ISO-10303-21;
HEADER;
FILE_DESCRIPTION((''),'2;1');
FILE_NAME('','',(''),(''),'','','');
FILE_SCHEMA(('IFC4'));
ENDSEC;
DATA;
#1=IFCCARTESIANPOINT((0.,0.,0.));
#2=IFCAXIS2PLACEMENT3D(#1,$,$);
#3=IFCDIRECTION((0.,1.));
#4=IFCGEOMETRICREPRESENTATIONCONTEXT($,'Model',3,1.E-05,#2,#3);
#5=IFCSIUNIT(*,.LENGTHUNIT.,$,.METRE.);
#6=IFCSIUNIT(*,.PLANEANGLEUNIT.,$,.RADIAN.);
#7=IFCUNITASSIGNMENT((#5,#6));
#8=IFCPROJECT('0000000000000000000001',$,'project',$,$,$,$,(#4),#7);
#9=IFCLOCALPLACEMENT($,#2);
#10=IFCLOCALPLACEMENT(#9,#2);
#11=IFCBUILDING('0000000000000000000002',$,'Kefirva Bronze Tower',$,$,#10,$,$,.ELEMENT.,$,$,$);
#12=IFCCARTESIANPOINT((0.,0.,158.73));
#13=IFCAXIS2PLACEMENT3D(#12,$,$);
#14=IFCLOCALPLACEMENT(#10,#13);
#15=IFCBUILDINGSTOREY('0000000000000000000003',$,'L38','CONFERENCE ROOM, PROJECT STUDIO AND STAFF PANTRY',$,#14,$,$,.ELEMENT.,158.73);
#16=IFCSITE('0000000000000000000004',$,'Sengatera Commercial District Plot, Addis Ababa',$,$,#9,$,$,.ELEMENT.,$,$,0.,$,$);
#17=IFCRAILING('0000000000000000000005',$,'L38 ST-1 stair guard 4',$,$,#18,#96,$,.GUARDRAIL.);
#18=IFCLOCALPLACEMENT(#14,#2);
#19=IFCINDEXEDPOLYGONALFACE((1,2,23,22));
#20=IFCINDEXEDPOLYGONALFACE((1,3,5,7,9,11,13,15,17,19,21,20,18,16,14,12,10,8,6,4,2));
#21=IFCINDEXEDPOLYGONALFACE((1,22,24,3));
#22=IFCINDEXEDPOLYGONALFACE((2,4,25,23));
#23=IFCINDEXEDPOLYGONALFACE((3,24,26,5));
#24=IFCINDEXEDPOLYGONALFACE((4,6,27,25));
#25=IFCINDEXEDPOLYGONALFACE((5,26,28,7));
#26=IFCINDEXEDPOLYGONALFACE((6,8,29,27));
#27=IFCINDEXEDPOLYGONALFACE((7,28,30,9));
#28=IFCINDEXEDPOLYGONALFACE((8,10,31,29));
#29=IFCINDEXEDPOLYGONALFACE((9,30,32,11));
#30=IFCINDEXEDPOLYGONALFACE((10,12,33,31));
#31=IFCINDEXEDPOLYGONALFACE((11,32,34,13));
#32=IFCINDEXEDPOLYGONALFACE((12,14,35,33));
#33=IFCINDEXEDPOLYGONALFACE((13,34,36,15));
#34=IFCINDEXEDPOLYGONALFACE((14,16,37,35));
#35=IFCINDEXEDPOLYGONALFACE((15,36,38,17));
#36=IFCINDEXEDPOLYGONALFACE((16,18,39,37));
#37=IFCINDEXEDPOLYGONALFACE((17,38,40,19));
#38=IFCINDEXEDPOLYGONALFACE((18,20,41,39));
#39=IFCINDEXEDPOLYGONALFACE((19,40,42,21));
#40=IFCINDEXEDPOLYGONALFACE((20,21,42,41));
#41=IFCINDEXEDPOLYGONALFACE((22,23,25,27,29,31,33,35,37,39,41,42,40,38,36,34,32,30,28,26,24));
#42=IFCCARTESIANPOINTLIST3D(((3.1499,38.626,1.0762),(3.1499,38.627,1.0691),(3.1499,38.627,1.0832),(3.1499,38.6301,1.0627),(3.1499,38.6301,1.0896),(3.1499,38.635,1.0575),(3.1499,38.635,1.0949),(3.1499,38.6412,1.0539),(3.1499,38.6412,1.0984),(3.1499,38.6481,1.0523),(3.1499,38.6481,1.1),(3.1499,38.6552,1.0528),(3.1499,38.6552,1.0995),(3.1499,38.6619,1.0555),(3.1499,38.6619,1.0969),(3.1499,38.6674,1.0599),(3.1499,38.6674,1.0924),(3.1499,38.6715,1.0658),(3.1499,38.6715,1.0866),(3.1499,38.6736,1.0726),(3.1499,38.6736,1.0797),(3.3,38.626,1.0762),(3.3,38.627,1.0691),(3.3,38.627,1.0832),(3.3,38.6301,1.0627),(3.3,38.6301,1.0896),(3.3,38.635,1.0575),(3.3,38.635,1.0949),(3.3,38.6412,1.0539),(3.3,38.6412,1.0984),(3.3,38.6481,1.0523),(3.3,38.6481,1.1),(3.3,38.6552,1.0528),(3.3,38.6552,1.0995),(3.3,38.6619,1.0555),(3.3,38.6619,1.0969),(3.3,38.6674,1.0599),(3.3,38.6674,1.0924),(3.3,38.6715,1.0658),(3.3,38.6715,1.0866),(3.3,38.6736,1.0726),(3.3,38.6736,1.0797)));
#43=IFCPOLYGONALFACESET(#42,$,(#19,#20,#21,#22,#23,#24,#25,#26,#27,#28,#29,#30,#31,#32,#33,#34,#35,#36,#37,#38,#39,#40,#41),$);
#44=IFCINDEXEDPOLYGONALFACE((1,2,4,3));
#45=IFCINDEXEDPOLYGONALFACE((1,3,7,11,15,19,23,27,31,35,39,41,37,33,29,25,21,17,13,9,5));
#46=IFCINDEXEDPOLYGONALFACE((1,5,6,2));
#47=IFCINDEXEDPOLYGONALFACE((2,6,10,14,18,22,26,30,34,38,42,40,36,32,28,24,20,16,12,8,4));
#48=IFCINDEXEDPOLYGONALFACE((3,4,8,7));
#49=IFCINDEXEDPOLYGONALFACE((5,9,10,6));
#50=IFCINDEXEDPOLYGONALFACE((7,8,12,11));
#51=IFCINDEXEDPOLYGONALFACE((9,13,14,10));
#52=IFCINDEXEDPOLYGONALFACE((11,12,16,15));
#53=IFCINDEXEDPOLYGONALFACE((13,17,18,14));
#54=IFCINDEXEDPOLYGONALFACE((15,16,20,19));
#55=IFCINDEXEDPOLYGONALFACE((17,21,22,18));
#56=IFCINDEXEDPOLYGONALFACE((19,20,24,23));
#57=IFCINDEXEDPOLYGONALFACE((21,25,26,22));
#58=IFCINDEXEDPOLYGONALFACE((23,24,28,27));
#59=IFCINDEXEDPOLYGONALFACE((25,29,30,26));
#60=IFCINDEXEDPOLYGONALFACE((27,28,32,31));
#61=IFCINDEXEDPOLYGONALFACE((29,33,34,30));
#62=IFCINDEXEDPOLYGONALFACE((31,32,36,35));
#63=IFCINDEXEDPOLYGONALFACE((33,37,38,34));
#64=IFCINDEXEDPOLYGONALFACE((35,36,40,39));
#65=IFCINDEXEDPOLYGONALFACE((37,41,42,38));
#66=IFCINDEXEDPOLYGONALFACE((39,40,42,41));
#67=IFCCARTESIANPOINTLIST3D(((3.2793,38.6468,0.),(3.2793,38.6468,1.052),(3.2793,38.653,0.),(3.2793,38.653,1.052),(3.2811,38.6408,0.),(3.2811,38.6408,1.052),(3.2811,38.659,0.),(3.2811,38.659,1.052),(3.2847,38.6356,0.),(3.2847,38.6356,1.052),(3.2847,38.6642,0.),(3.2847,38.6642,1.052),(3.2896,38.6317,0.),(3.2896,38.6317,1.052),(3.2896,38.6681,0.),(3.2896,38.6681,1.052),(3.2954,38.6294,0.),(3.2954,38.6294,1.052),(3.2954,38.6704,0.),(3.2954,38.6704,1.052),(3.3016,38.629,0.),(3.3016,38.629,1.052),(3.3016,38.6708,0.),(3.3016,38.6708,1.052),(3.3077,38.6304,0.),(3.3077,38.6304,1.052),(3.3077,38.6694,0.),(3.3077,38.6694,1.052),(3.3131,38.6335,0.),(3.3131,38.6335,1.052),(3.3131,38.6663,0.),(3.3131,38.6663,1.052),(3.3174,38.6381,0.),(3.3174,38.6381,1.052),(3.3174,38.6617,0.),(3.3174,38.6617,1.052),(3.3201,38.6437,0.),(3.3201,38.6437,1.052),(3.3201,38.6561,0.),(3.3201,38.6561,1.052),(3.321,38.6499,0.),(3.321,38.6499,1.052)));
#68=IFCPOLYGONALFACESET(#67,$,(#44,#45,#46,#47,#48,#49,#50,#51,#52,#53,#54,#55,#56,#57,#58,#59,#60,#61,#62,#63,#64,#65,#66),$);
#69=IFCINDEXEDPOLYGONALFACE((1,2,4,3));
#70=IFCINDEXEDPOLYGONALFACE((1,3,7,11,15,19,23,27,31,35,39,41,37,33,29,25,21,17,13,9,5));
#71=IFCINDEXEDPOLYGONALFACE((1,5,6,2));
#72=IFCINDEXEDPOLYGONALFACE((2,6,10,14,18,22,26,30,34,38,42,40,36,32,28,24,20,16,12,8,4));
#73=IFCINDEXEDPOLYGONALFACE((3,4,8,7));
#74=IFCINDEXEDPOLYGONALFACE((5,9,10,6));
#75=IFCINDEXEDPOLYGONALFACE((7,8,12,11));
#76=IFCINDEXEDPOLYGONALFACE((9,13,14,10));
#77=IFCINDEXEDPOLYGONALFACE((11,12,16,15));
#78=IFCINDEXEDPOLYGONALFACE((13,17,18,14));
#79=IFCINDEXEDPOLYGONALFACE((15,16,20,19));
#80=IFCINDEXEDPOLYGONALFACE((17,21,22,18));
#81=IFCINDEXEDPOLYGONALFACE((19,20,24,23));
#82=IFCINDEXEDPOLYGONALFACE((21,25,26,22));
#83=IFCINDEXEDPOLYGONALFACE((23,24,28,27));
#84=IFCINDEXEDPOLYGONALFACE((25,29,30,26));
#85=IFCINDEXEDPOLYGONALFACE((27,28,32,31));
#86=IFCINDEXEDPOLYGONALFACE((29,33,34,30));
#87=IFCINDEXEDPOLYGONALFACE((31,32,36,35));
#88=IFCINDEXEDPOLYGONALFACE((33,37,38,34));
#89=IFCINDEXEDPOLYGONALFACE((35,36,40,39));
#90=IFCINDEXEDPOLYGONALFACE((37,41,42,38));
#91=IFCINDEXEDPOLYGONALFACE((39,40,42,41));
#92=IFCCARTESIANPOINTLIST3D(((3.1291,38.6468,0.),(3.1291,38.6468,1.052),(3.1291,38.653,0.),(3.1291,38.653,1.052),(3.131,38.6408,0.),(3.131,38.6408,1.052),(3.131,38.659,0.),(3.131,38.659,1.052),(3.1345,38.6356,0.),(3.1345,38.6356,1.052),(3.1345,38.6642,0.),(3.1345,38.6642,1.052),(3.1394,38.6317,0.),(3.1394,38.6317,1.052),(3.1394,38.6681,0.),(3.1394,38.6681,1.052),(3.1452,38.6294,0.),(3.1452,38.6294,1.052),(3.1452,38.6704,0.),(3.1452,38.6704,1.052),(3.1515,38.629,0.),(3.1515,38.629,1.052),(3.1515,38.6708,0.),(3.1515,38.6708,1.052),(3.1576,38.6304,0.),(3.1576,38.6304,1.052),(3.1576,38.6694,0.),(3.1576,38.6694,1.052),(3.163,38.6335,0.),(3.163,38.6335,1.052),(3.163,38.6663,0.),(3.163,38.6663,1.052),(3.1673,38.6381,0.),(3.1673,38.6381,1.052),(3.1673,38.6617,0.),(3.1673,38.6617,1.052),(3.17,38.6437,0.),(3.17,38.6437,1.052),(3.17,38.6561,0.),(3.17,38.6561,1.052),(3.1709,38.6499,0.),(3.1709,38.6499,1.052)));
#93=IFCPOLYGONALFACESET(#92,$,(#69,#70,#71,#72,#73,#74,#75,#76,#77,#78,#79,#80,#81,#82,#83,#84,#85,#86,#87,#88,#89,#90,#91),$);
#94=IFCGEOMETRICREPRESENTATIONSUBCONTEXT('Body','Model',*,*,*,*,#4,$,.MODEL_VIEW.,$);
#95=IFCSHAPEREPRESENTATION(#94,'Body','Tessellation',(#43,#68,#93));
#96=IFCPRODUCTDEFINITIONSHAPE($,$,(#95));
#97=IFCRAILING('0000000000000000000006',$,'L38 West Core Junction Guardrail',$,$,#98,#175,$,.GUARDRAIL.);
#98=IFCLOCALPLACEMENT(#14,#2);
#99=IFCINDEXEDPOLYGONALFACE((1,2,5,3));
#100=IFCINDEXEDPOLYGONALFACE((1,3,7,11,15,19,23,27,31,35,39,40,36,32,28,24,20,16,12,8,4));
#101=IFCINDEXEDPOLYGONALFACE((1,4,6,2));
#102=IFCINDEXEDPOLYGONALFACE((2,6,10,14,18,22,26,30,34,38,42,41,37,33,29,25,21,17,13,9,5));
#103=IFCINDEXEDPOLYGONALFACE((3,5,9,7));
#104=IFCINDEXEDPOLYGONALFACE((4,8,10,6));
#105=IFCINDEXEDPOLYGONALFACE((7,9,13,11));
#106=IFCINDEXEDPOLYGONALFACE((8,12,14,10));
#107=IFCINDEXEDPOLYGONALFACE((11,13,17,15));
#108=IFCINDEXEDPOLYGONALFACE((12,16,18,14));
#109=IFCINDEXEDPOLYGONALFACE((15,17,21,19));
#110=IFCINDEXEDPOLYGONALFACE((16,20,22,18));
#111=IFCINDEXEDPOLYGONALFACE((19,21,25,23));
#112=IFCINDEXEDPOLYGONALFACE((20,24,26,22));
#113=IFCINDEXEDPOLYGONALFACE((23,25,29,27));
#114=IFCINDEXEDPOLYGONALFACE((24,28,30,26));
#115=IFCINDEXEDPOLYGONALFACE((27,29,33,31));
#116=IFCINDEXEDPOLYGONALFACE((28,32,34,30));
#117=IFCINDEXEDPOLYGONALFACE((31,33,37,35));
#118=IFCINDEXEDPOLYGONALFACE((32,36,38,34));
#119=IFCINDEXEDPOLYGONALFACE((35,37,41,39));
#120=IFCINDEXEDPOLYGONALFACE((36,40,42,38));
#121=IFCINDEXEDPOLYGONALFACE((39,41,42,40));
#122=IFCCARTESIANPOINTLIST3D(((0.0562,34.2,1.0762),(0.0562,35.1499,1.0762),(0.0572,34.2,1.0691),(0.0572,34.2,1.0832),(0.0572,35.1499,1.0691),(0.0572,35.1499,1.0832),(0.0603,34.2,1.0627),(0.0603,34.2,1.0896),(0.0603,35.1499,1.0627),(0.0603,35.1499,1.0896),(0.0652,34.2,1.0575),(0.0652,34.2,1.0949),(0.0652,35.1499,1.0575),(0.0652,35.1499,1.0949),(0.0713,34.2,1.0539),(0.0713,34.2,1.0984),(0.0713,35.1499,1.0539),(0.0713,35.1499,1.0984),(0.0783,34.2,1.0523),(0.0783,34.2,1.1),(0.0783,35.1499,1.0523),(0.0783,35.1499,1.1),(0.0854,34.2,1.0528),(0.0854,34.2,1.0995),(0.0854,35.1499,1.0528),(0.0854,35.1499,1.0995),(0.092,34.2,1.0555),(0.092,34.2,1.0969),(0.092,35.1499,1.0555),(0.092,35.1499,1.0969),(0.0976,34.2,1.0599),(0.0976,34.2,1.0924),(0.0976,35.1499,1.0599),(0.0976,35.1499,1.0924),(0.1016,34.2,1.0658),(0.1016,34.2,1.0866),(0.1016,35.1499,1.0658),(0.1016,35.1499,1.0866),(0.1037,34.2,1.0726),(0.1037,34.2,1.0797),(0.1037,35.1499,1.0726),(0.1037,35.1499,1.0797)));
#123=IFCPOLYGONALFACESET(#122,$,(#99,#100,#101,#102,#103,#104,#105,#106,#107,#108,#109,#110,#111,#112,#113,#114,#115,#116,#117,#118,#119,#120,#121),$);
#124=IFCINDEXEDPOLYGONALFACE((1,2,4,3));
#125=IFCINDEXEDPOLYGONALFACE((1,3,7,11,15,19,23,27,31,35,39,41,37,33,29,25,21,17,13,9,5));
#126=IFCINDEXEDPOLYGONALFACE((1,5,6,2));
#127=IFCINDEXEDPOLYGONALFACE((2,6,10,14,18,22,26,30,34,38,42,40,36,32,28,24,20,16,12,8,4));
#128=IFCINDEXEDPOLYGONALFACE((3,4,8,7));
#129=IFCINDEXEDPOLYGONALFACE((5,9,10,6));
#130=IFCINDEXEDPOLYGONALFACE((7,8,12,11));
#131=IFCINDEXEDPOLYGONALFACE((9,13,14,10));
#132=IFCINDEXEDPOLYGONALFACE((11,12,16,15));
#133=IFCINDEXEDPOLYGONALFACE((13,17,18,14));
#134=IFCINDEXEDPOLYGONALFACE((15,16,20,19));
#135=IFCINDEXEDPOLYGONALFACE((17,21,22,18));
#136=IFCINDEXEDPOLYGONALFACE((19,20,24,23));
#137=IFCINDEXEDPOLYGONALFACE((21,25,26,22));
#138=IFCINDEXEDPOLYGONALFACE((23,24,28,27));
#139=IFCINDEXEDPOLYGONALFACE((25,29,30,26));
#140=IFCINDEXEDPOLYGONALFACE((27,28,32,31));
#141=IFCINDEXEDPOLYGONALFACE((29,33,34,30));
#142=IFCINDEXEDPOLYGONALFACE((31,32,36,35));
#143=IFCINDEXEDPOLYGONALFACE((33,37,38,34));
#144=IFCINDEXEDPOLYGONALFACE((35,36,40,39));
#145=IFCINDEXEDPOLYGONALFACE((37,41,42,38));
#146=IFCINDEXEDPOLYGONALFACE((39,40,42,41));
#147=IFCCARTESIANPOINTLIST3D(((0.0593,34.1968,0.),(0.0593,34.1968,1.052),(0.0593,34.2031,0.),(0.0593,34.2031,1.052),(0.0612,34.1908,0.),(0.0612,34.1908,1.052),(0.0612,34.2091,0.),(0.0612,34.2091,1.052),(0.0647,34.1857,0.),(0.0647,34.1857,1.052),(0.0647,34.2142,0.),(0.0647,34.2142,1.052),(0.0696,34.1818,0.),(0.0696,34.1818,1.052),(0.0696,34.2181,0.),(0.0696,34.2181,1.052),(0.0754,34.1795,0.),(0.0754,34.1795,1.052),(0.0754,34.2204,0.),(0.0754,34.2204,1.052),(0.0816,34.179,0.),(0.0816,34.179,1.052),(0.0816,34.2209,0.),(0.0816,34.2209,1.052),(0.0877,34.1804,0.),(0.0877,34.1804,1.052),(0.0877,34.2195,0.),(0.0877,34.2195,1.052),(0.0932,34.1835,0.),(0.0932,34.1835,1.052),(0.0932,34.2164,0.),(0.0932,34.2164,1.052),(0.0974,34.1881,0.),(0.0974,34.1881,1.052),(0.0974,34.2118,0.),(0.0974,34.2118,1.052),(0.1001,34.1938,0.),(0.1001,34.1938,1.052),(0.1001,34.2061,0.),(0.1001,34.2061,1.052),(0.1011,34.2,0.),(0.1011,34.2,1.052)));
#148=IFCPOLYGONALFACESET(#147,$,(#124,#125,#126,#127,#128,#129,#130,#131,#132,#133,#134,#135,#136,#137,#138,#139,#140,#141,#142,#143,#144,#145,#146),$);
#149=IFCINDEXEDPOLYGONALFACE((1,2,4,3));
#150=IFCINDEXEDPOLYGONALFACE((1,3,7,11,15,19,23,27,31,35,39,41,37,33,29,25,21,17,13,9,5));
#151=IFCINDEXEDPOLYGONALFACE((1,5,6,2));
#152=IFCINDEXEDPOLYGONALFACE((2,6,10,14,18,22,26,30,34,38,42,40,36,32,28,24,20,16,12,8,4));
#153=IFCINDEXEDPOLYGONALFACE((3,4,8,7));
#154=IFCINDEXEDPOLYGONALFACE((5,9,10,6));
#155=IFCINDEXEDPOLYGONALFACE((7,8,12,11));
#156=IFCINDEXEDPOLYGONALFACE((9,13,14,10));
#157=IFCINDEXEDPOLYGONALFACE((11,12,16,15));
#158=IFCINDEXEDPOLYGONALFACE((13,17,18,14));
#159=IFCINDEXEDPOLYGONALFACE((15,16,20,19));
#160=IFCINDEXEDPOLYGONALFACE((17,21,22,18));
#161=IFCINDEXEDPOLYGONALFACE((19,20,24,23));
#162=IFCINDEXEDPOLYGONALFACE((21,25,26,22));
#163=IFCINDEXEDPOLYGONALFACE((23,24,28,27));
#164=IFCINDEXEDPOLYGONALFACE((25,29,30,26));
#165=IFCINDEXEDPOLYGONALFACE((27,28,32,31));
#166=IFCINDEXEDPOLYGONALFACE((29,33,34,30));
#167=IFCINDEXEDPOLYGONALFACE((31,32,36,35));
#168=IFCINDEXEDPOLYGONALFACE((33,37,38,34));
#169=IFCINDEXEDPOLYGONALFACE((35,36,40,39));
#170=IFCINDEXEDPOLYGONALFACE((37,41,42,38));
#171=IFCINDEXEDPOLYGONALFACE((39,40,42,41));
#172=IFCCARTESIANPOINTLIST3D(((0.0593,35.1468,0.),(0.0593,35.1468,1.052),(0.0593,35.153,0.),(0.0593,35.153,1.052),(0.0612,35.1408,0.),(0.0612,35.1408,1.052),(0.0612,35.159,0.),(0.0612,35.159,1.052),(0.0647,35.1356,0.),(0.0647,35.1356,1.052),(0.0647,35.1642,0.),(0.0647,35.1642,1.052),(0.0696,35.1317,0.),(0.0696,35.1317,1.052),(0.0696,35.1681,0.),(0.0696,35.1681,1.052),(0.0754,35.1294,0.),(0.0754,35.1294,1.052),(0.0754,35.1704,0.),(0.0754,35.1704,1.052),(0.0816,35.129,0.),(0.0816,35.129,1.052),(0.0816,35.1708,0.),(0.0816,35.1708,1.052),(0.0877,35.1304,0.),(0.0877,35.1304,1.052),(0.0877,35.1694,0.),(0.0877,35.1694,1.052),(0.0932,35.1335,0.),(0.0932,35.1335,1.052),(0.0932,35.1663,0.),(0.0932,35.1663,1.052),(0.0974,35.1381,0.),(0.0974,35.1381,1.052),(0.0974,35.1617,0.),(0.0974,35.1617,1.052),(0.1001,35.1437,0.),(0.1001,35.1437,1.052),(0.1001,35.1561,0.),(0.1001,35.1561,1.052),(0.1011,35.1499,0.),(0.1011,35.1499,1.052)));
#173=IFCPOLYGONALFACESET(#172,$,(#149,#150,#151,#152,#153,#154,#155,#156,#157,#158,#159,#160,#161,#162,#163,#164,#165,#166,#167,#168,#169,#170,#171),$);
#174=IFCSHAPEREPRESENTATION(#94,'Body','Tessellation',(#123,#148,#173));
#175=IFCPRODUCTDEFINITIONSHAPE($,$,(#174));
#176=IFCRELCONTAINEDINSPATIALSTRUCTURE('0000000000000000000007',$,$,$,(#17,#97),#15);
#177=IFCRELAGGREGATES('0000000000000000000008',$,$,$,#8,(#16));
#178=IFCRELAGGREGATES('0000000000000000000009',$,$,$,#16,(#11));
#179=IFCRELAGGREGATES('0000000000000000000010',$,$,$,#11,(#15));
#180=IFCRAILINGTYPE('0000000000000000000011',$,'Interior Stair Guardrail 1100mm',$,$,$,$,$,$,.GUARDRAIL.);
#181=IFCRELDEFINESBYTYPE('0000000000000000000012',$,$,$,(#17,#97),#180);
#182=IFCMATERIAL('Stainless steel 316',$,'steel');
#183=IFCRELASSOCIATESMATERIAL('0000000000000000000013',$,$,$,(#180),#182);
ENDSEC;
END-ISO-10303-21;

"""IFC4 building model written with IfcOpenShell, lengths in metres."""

from ifc_helpers import new_model, si_unit, direction, frame, origin, origin_2d, place, context, subcontext, project, spatial, circle, extrude, material, type_object, element, save


model = new_model("IFC4")

# Units and contexts
model_context = context("Model", 3, precision=1e-05, world=origin(), true_north=direction((0.0, 1.0)))
body_context = subcontext(model_context, "Body", "Model", "MODEL_VIEW")
ifc_project = project(units=[si_unit("LENGTHUNIT", "METRE"), si_unit("PLANEANGLEUNIT", "RADIAN")], contexts=[model_context])

# Site, building, storey
site_placement = place(None, origin())
site = spatial("IfcSite", under=ifc_project, at=site_placement, Name="Sengatera Commercial District Plot, Addis Ababa", CompositionType="ELEMENT", RefElevation=0.0)
building_placement = place(site_placement, origin())
building = spatial("IfcBuilding", under=site, at=building_placement, Name="Kefirva Bronze Tower", CompositionType="ELEMENT")
storey_placement = place(building_placement, frame((0.0, 0.0, 158.73)))
storey = spatial("IfcBuildingStorey", under=building, at=storey_placement, Name="L38", Description="CONFERENCE ROOM, PROJECT STUDIO AND STAFF PANTRY", CompositionType="ELEMENT", Elevation=158.73)

# Railings
ifc_material_1 = material(Name="Stainless steel 316", Category="steel")
railing_type_1 = type_object("IfcRailingType", Name="Interior Stair Guardrail 1100mm", PredefinedType="GUARDRAIL", material=ifc_material_1)
railing_1_placement = place(storey_placement, frame((3.3, 38.6499, 0.0)))
element("IfcRailing", 1, at=railing_1_placement, inside=storey, type_object=railing_type_1, Name="L38 ST-1 stair guard 4", PredefinedType="GUARDRAIL", context=body_context, shape_type="SweptSolid", body=[
    extrude(circle(Radius=0.0239, at=origin_2d()), frame((0.0, 0.0, 1.0762), z_axis=(-1.0, 0.0, 0.0), x_axis=(0.0, -1.0, 0.0)), (0.0, 0.0, 1.0), 0.1501),
    extrude(circle(Radius=0.021, at=origin_2d()), origin(), (0.0, 0.0, 1.0), 1.052),
    extrude(circle(Radius=0.021, at=origin_2d()), frame((-0.1501, 0.0, 0.0)), (0.0, 0.0, 1.0), 1.052),
])
railing_2_placement = place(storey_placement, frame((0.0801, 34.2, 0.0)))
element("IfcRailing", 2, at=railing_2_placement, inside=storey, type_object=railing_type_1, Name="L38 West Core Junction Guardrail", PredefinedType="GUARDRAIL", context=body_context, shape_type="SweptSolid", body=[
    extrude(circle(Radius=0.0239, at=origin_2d()), frame((0.0, 0.0, 1.0762), z_axis=(0.0, 1.0, 0.0), x_axis=(-1.0, 0.0, 0.0)), (0.0, 0.0, 1.0), 0.95),
    extrude(circle(Radius=0.021, at=origin_2d()), origin(), (0.0, 0.0, 1.0), 1.052),
    extrude(circle(Radius=0.021, at=origin_2d()), frame((0.0, 0.95, 0.0)), (0.0, 0.0, 1.0), 1.052),
])

save(model, "model.ifc")
